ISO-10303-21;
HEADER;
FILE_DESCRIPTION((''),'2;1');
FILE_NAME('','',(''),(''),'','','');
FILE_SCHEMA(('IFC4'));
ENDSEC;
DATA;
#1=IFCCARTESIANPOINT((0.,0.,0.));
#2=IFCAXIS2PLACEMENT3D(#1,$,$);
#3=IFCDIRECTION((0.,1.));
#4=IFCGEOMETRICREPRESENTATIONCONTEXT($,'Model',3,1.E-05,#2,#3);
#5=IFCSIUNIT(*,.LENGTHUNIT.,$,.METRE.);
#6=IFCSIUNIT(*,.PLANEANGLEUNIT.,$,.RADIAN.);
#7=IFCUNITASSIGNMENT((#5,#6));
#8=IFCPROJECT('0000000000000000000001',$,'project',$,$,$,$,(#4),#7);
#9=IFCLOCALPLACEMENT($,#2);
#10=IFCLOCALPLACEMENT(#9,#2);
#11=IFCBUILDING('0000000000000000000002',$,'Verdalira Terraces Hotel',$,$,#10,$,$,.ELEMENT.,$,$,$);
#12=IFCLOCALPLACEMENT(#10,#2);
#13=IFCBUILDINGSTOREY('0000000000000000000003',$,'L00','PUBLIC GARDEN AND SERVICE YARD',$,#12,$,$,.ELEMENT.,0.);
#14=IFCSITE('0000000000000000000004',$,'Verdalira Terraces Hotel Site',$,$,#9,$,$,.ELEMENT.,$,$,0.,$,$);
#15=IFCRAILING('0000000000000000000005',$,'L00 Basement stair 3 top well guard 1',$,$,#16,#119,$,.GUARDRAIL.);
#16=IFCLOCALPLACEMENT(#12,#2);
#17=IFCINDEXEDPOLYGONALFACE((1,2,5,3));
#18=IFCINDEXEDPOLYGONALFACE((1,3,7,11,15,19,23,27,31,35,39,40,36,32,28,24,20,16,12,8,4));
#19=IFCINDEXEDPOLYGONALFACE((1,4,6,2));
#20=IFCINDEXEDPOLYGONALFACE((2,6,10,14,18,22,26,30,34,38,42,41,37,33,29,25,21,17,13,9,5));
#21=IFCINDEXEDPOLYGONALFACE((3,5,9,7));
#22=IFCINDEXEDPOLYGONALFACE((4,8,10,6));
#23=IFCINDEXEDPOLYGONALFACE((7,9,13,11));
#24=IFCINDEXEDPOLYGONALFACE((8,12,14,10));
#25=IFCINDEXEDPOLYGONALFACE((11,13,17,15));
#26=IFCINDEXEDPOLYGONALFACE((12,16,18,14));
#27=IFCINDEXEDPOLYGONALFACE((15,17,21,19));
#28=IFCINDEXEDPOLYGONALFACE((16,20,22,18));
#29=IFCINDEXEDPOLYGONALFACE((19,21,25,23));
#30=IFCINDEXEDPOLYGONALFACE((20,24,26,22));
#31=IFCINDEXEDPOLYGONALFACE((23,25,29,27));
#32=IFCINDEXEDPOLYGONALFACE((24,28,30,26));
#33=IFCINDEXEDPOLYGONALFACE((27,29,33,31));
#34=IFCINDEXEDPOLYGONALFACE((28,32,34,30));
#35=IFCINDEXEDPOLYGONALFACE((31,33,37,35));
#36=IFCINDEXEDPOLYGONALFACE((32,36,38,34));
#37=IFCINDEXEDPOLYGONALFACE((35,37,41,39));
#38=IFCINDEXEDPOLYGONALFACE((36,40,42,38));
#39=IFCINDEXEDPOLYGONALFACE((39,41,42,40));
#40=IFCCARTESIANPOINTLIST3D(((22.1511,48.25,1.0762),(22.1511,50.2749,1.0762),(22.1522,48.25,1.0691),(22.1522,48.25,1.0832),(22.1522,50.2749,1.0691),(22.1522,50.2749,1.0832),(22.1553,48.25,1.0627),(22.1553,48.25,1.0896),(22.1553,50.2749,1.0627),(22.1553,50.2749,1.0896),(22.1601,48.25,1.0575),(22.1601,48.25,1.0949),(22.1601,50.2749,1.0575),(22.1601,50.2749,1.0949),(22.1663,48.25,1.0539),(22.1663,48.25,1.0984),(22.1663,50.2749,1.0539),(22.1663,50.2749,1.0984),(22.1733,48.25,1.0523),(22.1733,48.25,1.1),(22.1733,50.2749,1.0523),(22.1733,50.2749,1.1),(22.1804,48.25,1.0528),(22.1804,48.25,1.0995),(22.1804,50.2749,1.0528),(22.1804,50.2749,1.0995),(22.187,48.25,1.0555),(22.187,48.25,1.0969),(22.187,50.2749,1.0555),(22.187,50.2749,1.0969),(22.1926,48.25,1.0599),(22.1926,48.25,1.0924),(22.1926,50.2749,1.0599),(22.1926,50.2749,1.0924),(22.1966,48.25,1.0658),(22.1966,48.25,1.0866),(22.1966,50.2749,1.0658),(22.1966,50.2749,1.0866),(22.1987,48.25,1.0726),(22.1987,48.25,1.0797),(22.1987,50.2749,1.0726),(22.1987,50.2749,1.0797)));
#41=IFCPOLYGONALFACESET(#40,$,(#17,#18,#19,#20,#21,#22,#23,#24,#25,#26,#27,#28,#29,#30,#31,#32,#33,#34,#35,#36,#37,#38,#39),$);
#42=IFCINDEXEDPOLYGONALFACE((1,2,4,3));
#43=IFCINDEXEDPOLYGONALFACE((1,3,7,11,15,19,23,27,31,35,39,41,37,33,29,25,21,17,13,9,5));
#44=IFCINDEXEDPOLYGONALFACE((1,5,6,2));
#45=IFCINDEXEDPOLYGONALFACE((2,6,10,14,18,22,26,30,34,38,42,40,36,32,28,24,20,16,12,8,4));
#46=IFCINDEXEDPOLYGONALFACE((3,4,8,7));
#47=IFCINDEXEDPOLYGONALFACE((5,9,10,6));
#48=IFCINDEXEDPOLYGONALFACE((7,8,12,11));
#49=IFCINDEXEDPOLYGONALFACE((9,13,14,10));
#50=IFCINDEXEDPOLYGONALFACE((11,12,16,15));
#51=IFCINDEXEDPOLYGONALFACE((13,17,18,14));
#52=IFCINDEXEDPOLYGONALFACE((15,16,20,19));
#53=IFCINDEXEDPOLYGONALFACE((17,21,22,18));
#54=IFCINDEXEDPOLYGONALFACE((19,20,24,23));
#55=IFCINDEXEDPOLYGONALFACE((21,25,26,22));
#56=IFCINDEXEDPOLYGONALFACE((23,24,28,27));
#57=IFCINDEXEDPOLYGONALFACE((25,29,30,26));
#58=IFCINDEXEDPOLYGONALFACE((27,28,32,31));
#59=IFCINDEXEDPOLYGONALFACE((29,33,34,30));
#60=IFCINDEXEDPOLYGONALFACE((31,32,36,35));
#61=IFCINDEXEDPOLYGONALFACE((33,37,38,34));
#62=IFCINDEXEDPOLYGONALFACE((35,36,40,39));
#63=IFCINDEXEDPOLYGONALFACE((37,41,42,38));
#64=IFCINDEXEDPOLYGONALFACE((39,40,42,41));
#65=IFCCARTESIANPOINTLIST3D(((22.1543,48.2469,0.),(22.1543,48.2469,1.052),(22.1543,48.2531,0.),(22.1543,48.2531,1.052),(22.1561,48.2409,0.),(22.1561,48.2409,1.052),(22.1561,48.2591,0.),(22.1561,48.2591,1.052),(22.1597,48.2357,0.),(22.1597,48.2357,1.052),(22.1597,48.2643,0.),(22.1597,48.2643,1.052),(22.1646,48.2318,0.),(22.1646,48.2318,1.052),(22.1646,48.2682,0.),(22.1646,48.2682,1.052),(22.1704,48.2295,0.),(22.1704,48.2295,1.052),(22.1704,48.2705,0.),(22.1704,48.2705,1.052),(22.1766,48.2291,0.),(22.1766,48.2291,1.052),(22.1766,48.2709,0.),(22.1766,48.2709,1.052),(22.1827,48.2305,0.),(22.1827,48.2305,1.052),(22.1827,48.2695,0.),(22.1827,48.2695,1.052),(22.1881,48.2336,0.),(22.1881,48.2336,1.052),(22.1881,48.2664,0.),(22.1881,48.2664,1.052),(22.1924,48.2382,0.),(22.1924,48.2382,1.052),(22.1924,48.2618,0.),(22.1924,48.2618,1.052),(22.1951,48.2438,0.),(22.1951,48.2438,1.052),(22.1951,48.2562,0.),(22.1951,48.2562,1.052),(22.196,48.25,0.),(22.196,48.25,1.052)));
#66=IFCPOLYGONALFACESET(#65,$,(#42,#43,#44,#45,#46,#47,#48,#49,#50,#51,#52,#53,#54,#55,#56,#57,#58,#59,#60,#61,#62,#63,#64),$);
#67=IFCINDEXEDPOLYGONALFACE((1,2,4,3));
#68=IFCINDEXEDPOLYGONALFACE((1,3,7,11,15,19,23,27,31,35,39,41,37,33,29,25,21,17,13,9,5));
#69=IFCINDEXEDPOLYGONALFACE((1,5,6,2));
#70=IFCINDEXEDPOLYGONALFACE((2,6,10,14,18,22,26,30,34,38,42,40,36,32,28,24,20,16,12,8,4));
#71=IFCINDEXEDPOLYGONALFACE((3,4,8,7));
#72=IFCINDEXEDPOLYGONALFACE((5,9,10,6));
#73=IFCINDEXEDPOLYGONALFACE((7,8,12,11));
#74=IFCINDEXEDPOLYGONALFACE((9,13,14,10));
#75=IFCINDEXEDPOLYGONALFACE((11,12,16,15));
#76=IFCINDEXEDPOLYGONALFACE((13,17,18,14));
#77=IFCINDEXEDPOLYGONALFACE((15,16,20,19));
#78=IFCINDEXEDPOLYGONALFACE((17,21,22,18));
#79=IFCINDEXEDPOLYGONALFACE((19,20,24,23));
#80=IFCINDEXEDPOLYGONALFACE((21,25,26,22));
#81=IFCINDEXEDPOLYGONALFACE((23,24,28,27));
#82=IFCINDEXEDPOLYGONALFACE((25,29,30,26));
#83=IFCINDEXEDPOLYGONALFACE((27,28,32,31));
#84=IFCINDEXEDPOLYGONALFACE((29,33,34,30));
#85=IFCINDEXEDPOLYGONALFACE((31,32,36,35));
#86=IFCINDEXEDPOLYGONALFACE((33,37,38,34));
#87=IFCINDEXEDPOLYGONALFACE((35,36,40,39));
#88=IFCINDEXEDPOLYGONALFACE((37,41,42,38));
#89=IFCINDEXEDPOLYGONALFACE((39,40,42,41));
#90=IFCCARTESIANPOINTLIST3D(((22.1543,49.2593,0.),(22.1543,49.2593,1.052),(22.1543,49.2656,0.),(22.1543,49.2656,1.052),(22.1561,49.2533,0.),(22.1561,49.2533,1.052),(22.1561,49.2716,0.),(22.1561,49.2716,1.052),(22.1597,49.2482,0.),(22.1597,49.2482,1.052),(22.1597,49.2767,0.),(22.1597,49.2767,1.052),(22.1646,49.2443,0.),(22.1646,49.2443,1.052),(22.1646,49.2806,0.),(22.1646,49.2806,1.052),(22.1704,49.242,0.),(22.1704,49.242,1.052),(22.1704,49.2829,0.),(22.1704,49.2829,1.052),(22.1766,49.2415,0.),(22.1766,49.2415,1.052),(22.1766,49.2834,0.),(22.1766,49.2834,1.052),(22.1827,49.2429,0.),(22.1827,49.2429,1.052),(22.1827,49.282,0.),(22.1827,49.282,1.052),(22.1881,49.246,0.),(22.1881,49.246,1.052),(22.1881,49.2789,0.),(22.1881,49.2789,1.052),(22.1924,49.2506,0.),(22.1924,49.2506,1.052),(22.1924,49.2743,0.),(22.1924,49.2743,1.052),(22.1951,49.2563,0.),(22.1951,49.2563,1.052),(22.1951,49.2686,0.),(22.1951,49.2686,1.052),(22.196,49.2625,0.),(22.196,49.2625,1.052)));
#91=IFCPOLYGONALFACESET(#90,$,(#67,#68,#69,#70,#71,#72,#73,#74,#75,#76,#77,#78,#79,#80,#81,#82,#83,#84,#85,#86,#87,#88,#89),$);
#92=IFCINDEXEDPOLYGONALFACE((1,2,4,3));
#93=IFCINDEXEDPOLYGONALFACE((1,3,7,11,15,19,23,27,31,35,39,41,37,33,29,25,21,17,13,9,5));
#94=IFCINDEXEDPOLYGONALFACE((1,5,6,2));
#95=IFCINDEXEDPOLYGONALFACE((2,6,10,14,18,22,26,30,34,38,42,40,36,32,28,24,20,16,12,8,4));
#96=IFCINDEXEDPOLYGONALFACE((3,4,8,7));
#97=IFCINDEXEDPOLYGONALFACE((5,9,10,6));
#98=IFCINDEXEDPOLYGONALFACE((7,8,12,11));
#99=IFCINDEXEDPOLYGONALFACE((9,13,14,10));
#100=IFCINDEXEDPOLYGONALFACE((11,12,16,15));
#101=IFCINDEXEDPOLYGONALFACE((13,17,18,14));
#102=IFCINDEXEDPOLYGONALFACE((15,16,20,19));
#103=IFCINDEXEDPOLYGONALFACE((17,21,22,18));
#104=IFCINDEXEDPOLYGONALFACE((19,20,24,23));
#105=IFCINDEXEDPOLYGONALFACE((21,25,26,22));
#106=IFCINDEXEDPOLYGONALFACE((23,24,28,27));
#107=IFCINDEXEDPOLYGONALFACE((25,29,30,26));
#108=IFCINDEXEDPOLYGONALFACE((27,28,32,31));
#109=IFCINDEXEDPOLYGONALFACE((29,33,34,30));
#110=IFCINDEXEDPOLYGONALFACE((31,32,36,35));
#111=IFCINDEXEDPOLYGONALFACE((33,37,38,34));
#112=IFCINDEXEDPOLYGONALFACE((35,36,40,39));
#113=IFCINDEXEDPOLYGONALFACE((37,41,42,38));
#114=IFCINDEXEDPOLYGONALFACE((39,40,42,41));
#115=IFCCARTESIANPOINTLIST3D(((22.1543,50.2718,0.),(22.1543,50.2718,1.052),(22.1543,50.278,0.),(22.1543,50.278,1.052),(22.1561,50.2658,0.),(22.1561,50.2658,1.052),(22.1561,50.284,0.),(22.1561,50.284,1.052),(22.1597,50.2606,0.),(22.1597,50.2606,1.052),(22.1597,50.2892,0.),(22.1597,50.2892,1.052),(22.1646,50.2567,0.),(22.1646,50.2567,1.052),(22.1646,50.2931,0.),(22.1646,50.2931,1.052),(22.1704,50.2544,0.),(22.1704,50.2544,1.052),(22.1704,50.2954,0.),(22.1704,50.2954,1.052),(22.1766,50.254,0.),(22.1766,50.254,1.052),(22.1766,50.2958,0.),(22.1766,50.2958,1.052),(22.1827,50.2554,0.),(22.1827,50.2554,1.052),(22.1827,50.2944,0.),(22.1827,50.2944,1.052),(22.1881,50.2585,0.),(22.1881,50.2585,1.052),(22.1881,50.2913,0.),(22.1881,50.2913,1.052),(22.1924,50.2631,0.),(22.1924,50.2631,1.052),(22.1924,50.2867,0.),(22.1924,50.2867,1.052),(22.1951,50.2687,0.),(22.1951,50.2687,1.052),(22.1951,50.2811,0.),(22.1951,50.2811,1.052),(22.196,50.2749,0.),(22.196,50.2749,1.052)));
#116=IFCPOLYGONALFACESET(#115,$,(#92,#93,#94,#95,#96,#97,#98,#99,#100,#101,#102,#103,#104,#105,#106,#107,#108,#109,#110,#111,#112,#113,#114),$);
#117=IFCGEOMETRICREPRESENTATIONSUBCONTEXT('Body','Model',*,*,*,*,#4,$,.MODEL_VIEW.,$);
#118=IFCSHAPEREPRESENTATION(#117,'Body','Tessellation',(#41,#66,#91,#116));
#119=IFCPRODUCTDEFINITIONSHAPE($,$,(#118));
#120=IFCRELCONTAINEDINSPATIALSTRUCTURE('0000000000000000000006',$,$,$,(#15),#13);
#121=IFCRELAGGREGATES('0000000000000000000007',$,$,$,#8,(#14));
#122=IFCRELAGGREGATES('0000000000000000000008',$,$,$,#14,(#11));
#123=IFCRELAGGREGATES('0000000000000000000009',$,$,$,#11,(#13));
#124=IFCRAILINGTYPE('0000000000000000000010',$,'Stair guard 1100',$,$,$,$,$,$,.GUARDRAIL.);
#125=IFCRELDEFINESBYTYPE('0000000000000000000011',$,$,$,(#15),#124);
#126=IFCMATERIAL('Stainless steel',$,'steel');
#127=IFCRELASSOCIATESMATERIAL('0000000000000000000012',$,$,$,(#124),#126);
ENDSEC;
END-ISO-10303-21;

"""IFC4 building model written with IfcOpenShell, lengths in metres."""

from ifc_helpers import new_model, si_unit, direction, frame, origin, origin_2d, place, context, subcontext, project, spatial, circle, extrude, material, type_object, element, save


model = new_model("IFC4")

# Units and contexts
model_context = context("Model", 3, precision=1e-05, world=origin(), true_north=direction((0.0, 1.0)))
body_context = subcontext(model_context, "Body", "Model", "MODEL_VIEW")
ifc_project = project(units=[si_unit("LENGTHUNIT", "METRE"), si_unit("PLANEANGLEUNIT", "RADIAN")], contexts=[model_context])

# Site, building, storey
site_placement = place(None, origin())
site = spatial("IfcSite", under=ifc_project, at=site_placement, Name="Verdalira Terraces Hotel Site", CompositionType="ELEMENT", RefElevation=0.0)
building_placement = place(site_placement, origin())
building = spatial("IfcBuilding", under=site, at=building_placement, Name="Verdalira Terraces Hotel", CompositionType="ELEMENT")
storey_placement = place(building_placement, origin())
storey = spatial("IfcBuildingStorey", under=building, at=storey_placement, Name="L00", Description="PUBLIC GARDEN AND SERVICE YARD", CompositionType="ELEMENT", Elevation=0.0)

# Railing
ifc_material_1 = material(Name="Stainless steel", Category="steel")
railing_type = type_object("IfcRailingType", Name="Stair guard 1100", PredefinedType="GUARDRAIL", material=ifc_material_1)
railing_1_placement = place(storey_placement, frame((22.175, 48.25, 0.0)))
element("IfcRailing", 1, at=railing_1_placement, inside=storey, type_object=railing_type, Name="L00 Basement stair 3 top well guard 1", PredefinedType="GUARDRAIL", context=body_context, shape_type="SweptSolid", body=[
    extrude(circle(Radius=0.0239, at=origin_2d()), frame((0.0, 0.0, 1.0762), z_axis=(0.0, 1.0, 0.0), x_axis=(-1.0, 0.0, 0.0)), (0.0, 0.0, 1.0), 2.0249),
    extrude(circle(Radius=0.021, at=origin_2d()), origin(), (0.0, 0.0, 1.0), 1.052),
    extrude(circle(Radius=0.021, at=origin_2d()), frame((0.0, 1.0125, 0.0)), (0.0, 0.0, 1.0), 1.052),
    extrude(circle(Radius=0.021, at=origin_2d()), frame((0.0, 2.0249, 0.0)), (0.0, 0.0, 1.0), 1.052),
])

save(model, "model.ifc")
